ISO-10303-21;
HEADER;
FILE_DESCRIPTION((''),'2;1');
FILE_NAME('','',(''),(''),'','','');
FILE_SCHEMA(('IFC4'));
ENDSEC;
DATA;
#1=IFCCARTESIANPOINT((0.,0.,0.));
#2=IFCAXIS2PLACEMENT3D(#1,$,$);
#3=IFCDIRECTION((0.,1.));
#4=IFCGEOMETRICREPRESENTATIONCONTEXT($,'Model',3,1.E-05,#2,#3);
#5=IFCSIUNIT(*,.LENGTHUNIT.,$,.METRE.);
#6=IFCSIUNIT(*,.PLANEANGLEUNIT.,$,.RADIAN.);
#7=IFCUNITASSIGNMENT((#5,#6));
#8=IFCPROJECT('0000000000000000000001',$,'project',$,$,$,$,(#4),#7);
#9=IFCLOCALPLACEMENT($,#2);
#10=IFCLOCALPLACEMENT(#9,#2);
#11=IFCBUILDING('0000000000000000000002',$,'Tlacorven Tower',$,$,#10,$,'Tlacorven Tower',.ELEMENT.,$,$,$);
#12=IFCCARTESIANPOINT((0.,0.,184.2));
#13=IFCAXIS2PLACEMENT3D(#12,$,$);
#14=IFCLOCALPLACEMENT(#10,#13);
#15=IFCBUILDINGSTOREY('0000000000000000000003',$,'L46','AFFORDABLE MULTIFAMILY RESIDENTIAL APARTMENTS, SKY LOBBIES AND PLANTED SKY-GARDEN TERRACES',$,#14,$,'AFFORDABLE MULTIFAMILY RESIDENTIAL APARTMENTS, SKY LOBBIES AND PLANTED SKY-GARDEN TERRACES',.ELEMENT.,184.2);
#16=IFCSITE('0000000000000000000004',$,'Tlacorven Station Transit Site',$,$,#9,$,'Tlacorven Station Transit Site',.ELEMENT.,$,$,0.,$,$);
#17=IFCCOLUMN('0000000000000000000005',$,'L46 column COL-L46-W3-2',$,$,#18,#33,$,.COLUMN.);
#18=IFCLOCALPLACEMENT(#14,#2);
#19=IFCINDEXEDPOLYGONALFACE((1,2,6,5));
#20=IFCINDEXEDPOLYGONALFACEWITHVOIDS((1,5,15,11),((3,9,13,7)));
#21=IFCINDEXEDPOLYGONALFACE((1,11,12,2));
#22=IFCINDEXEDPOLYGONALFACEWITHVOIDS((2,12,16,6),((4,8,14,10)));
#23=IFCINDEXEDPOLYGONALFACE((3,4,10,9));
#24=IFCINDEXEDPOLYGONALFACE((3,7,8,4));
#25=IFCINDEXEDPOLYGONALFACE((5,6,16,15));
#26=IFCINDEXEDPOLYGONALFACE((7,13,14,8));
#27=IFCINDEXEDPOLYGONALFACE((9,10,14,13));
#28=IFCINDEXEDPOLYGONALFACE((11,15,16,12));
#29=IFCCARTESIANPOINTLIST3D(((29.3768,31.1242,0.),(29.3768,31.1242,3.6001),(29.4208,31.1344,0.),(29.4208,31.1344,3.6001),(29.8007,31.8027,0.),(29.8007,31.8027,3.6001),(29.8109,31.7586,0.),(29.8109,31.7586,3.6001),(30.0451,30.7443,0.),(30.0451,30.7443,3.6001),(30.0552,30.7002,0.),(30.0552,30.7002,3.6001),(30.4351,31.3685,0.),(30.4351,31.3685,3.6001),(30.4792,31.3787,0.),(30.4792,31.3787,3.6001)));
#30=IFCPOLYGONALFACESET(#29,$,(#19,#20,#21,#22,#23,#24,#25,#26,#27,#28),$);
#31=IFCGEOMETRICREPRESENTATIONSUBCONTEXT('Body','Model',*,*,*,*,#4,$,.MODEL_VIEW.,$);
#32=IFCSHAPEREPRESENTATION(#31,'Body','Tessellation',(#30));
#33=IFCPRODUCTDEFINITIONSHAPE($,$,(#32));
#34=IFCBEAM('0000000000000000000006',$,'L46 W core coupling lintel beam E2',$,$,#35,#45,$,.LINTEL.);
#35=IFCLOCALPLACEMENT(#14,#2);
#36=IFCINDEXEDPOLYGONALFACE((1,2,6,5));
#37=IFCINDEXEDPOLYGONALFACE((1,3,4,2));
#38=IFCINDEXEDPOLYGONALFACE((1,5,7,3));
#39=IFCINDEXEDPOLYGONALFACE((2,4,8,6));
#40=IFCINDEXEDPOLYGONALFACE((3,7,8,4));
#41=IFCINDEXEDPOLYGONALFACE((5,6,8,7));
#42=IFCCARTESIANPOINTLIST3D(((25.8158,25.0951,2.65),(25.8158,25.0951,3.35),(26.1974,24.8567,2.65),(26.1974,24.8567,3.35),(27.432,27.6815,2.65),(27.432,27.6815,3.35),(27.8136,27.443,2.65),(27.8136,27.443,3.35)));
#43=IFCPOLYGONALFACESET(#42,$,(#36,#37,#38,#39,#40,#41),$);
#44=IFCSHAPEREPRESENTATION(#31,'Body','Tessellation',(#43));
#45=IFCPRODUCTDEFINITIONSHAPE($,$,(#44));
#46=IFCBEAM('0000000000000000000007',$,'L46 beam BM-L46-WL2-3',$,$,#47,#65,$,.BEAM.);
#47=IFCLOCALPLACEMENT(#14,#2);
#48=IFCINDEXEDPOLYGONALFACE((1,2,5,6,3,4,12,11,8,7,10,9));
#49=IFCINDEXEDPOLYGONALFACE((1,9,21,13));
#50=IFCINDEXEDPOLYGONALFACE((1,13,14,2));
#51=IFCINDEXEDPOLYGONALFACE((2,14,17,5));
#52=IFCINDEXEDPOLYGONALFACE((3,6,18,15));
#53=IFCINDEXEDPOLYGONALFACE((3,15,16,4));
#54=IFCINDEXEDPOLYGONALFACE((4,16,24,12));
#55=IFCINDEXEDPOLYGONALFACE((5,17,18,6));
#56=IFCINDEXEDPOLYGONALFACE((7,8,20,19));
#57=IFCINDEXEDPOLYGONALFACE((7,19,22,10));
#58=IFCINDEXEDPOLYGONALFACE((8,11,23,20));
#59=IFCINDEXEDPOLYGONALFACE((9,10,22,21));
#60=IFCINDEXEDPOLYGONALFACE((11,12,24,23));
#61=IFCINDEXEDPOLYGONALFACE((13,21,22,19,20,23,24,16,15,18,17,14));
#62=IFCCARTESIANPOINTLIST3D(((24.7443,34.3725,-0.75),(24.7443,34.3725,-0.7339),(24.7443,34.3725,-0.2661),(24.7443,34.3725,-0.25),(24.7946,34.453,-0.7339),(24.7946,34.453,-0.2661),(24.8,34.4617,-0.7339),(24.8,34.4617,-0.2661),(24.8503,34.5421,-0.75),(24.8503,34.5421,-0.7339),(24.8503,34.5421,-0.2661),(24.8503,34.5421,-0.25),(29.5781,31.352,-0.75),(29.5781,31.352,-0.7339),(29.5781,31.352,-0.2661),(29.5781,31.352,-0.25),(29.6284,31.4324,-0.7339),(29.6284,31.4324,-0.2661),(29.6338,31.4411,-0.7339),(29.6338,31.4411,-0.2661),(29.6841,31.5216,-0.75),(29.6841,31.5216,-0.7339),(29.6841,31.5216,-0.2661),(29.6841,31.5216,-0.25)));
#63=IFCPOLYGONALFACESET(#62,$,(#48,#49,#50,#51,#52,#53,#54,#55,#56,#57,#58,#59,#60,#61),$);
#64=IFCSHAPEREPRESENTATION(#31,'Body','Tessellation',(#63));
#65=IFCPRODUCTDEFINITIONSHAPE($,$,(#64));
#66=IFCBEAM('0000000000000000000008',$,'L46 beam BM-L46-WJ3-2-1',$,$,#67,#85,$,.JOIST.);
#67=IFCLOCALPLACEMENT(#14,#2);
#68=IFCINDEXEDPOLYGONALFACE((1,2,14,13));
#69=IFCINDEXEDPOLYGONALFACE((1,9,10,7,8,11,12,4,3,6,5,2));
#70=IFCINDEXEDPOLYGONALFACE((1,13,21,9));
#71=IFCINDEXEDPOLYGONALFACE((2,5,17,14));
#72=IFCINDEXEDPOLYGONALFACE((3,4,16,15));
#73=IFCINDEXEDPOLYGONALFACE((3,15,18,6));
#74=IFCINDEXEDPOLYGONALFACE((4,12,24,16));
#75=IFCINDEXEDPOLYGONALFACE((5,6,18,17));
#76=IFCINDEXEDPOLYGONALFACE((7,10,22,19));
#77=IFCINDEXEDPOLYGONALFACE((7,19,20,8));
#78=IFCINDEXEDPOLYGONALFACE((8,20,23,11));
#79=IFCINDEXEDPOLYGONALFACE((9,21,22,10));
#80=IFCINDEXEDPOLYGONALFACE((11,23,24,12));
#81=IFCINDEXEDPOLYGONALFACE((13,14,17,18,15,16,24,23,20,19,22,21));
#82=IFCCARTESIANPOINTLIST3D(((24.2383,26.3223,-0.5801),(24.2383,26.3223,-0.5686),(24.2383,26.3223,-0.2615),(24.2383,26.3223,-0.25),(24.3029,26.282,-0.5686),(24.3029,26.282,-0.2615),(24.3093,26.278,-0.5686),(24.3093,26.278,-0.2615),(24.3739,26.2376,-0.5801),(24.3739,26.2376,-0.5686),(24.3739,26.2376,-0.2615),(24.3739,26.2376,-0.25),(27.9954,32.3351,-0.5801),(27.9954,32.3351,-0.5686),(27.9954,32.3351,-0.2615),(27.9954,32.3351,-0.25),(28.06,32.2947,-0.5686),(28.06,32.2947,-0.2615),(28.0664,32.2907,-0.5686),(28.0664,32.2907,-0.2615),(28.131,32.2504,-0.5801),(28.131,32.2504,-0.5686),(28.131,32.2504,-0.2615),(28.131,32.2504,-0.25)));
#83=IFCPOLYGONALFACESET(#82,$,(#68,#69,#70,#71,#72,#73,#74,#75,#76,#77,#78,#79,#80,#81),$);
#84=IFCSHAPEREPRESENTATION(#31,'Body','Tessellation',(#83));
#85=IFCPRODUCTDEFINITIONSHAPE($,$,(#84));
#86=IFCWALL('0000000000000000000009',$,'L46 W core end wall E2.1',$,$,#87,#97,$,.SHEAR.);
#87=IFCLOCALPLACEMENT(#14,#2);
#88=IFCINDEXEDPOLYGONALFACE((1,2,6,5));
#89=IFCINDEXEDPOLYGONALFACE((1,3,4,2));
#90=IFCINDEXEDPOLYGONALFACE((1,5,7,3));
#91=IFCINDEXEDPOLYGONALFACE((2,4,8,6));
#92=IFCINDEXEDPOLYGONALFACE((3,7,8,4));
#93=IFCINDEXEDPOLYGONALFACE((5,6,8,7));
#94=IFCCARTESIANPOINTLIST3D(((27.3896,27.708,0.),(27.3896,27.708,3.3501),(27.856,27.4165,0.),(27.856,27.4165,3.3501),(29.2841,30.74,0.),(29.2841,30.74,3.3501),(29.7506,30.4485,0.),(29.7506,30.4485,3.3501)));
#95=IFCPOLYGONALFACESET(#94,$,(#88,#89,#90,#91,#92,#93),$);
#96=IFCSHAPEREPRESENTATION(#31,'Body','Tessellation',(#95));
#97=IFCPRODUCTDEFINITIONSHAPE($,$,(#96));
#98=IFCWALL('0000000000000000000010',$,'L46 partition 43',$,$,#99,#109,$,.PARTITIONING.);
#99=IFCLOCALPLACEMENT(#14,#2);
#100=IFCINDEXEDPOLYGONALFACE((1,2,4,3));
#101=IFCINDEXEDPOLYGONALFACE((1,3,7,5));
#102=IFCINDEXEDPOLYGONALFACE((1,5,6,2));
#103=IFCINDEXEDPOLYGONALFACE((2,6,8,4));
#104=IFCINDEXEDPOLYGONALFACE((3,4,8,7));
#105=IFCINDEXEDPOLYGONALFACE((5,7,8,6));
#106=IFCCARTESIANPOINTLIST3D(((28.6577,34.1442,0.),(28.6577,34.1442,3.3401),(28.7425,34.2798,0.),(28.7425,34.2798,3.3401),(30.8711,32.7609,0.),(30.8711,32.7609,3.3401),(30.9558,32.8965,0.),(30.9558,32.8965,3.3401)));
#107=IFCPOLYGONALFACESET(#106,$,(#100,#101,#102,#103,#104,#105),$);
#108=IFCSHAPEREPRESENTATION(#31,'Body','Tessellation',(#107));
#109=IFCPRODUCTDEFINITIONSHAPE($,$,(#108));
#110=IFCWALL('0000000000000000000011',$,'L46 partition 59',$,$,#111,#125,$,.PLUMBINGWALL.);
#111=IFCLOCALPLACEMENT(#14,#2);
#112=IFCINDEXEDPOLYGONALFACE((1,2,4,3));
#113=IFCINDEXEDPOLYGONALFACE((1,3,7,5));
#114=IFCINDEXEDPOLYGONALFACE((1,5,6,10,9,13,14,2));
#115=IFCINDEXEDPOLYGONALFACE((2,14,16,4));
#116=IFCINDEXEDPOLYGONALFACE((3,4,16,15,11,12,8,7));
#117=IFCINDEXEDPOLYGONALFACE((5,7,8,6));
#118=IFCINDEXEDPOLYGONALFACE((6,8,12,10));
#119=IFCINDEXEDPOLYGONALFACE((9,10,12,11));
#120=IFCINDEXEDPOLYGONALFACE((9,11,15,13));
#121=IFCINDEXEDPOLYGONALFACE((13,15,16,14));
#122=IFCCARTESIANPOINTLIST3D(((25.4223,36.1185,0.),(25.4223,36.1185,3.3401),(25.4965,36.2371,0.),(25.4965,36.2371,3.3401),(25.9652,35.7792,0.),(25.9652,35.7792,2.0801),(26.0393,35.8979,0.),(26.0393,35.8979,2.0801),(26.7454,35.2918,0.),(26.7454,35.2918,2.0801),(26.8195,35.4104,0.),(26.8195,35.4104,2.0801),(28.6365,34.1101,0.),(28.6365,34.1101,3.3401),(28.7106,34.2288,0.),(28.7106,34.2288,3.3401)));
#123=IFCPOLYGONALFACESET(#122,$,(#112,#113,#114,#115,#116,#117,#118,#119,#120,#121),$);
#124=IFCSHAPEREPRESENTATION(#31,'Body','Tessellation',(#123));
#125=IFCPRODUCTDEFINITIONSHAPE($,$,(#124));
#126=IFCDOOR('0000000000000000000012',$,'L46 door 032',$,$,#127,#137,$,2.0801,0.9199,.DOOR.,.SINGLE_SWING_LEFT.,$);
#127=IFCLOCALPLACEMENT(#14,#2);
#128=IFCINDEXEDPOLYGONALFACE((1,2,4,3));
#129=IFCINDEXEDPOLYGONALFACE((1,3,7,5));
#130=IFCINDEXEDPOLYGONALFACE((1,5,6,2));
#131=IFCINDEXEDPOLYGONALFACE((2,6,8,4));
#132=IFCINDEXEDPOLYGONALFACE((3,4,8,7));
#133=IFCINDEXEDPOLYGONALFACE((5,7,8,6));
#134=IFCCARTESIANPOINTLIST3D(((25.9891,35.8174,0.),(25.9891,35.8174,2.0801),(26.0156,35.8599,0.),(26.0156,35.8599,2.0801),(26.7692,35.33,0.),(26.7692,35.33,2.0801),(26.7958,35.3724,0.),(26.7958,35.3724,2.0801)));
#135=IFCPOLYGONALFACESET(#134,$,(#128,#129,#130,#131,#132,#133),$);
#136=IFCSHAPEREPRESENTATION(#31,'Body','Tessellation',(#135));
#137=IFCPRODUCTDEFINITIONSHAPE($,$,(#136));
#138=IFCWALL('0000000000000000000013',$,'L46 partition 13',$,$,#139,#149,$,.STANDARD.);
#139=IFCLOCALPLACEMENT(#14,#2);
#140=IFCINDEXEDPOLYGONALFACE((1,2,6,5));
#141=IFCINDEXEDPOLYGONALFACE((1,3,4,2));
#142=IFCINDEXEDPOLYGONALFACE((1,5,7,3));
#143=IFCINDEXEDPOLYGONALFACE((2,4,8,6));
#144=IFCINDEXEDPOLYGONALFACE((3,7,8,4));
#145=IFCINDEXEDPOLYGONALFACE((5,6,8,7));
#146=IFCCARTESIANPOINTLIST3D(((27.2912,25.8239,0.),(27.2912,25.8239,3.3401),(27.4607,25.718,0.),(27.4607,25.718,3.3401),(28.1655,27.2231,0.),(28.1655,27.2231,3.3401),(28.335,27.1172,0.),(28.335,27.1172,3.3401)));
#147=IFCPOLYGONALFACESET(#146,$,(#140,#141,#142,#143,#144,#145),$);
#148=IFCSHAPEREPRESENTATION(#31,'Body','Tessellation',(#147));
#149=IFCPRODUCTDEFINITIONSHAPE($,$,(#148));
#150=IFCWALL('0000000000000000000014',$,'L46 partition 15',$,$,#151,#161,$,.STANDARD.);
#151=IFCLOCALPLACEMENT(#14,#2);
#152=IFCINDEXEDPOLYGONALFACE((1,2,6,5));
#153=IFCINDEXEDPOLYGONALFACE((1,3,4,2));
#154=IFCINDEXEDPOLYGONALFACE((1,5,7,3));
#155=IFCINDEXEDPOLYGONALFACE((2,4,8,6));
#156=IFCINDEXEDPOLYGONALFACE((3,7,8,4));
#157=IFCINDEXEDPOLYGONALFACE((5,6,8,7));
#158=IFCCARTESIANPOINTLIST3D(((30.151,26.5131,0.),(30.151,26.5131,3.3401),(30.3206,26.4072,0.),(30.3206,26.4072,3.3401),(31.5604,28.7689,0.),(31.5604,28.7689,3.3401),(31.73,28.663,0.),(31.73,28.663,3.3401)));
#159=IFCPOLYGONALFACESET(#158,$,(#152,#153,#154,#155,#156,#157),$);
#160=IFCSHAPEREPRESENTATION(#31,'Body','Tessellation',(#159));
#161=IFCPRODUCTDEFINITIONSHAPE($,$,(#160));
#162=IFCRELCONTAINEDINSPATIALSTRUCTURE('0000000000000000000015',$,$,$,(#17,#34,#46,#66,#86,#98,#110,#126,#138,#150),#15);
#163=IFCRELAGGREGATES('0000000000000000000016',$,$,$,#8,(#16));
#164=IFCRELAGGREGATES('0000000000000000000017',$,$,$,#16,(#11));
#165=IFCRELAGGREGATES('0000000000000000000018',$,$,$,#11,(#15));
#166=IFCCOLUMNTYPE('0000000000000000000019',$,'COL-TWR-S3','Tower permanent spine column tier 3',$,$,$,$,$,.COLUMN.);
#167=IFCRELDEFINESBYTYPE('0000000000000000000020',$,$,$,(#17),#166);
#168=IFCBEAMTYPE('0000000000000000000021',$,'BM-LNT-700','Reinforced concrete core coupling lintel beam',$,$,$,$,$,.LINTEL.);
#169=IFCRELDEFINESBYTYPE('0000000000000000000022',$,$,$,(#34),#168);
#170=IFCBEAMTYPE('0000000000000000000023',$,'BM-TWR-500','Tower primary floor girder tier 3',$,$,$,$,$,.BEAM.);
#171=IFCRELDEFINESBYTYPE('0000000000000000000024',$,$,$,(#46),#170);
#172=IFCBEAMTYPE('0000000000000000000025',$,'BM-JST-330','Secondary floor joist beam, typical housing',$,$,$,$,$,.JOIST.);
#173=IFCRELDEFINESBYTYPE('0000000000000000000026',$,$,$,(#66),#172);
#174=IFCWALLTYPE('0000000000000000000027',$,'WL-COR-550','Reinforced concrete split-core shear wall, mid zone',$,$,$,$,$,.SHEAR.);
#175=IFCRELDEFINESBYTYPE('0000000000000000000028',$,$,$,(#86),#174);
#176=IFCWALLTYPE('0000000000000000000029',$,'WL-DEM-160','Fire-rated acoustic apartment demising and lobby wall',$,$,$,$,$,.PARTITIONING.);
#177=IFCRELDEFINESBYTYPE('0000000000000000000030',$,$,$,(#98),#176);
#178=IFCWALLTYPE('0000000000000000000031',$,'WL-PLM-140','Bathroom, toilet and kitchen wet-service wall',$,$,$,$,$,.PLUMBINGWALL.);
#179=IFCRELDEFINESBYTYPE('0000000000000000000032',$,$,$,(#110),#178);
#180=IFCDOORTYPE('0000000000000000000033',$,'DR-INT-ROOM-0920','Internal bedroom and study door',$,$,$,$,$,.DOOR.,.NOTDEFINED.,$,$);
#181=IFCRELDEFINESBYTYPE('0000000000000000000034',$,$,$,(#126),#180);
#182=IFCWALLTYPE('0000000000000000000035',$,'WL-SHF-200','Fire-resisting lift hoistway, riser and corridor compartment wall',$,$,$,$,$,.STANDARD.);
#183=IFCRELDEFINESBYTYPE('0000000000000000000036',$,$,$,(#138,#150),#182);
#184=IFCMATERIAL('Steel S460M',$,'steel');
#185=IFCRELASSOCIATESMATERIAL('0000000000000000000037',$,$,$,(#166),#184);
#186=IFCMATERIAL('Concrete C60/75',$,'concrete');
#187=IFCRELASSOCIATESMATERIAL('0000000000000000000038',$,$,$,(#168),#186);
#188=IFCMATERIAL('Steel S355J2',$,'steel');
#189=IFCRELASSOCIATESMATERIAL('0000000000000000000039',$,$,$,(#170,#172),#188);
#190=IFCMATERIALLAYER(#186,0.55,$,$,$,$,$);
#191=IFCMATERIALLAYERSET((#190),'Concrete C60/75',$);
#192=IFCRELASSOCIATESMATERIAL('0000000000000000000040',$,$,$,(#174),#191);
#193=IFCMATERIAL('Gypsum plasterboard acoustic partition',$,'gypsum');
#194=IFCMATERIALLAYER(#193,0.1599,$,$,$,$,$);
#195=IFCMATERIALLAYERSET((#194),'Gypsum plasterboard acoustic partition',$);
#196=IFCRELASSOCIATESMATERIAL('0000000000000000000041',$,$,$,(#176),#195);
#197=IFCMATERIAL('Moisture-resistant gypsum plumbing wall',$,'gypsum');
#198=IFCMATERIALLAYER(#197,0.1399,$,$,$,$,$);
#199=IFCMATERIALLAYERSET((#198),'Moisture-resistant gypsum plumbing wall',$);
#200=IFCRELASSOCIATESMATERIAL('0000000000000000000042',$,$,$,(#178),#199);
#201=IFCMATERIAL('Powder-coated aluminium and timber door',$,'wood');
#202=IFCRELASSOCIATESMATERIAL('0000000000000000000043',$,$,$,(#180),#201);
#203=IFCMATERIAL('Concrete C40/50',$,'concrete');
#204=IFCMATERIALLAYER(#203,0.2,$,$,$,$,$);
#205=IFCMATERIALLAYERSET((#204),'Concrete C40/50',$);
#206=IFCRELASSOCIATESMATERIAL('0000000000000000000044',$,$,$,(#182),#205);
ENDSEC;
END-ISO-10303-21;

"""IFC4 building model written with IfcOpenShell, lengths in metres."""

from ifc_helpers import new_model, si_unit, direction, frame, frame_2d, origin, origin_2d, place, context, subcontext, project, spatial, rectangle, hollow_rectangle, i_section, extrude, source, transform, mapped, material, layer, layer_set, material_profile, profile_set, type_object, element, fill, save


model = new_model("IFC4")

# Units and contexts
model_context = context("Model", 3, precision=1e-05, world=origin(), true_north=direction((0.0, 1.0)))
body_context = subcontext(model_context, "Body", "Model", "MODEL_VIEW")
ifc_project = project(units=[si_unit("LENGTHUNIT", "METRE"), si_unit("PLANEANGLEUNIT", "RADIAN")], contexts=[model_context])

# Site, building, storey
site_placement = place(None, origin())
site = spatial("IfcSite", under=ifc_project, at=site_placement, Name="Tlacorven Station Transit Site", LongName="Tlacorven Station Transit Site", CompositionType="ELEMENT", RefElevation=0.0)
building_placement = place(site_placement, origin())
building = spatial("IfcBuilding", under=site, at=building_placement, Name="Tlacorven Tower", LongName="Tlacorven Tower", CompositionType="ELEMENT")
storey_placement = place(building_placement, frame((0.0, 0.0, 184.2)))
storey = spatial("IfcBuildingStorey", under=building, at=storey_placement, Name="L46", Description="AFFORDABLE MULTIFAMILY RESIDENTIAL APARTMENTS, SKY LOBBIES AND PLANTED SKY-GARDEN TERRACES", LongName="AFFORDABLE MULTIFAMILY RESIDENTIAL APARTMENTS, SKY LOBBIES AND PLANTED SKY-GARDEN TERRACES", CompositionType="ELEMENT", Elevation=184.2)

# Column
ifc_material_1 = material(Name="Steel S460M", Category="steel")
ifc_material_profile_1 = material_profile(ifc_material_1, hollow_rectangle(XDim=0.8, YDim=0.8, WallThickness=0.032, at=origin_2d()), Name="BOX 800X800X32")
ifc_profile_set_1 = profile_set([ifc_material_profile_1], Name="Steel S460M")
column_type = type_object("IfcColumnType", Name="COL-TWR-S3", Description="Tower permanent spine column tier 3", PredefinedType="COLUMN", material=ifc_profile_set_1)
shared_shape_1 = source(origin(), body_context, "Body", "SweptSolid", [
    extrude(hollow_rectangle(XDim=0.8, YDim=0.8, WallThickness=0.032, at=origin_2d()), origin(), (0.0, 0.0, 1.0), 3.6001),
])
column_placement = place(storey_placement, frame((29.928, 31.2515, 0.0), z_axis=(0.0, 0.0, 1.0), x_axis=(-0.848048, 0.529919, 0.0)))
element("IfcColumn", 1, at=column_placement, inside=storey, type_object=column_type, Name="L46 column COL-L46-W3-2", PredefinedType="COLUMN", context=body_context, shape_type="MappedRepresentation", body=[
    mapped(shared_shape_1, transform((0.0, 0.0, 0.0), scale=1.0)),
])

# Beams
ifc_material_2 = material(Name="Concrete C60/75", Category="concrete")
ifc_material_profile_2 = material_profile(ifc_material_2, rectangle(XDim=0.45, YDim=0.7, at=origin_2d()), Name="RC 450X700")
ifc_profile_set_2 = profile_set([ifc_material_profile_2], Name="Concrete C60/75")
beam_type_1 = type_object("IfcBeamType", Name="BM-LNT-700", Description="Reinforced concrete core coupling lintel beam", PredefinedType="LINTEL", material=ifc_profile_set_2)
shared_shape_2 = source(origin(), body_context, "Body", "SweptSolid", [
    extrude(rectangle(XDim=0.45, YDim=0.7, at=origin_2d()), origin(), (0.0, 0.0, 1.0), 3.0498),
])
beam_1_placement = place(storey_placement, frame((27.6228, 27.5623, 3.0), z_axis=(-0.529927, -0.848043, 0.0), x_axis=(0.848043, -0.529927, 0.0)))
element("IfcBeam", 2, at=beam_1_placement, inside=storey, type_object=beam_type_1, Name="L46 W core coupling lintel beam E2", PredefinedType="LINTEL", context=body_context, shape_type="MappedRepresentation", body=[
    mapped(shared_shape_2, transform((0.0, 0.0, 0.0), scale=1.0)),
])
ifc_material_3 = material(Name="Steel S355J2", Category="steel")
ifc_material_profile_3 = material_profile(ifc_material_3, i_section(OverallWidth=0.2, OverallDepth=0.5, WebThickness=0.0103, FlangeThickness=0.0161, at=origin_2d()), Name="IPE 500")
ifc_profile_set_3 = profile_set([ifc_material_profile_3], Name="Steel S355J2")
beam_type_2 = type_object("IfcBeamType", Name="BM-TWR-500", Description="Tower primary floor girder tier 3", PredefinedType="BEAM", material=ifc_profile_set_3)
shared_shape_3 = source(origin(), body_context, "Body", "SweptSolid", [
    extrude(i_section(OverallWidth=0.2, OverallDepth=0.5, WebThickness=0.0103, FlangeThickness=0.0161, at=origin_2d()), origin(), (0.0, 0.0, 1.0), 5.7),
])
beam_2_placement = place(storey_placement, frame((29.6311, 31.4368, -0.5), z_axis=(-0.848044, 0.529926, 0.0), x_axis=(-0.529926, -0.848044, 0.0)))
element("IfcBeam", 3, at=beam_2_placement, inside=storey, type_object=beam_type_2, Name="L46 beam BM-L46-WL2-3", PredefinedType="BEAM", context=body_context, shape_type="MappedRepresentation", body=[
    mapped(shared_shape_3, transform((0.0, 0.0, 0.0), scale=1.0)),
])
ifc_material_profile_4 = material_profile(ifc_material_3, i_section(OverallWidth=0.1599, OverallDepth=0.3301, WebThickness=0.0076, FlangeThickness=0.0115, at=origin_2d()), Name="IPE 330")
ifc_profile_set_4 = profile_set([ifc_material_profile_4], Name="Steel S355J2")
beam_type_3 = type_object("IfcBeamType", Name="BM-JST-330", Description="Secondary floor joist beam, typical housing", PredefinedType="JOIST", material=ifc_profile_set_4)
shared_shape_4 = source(origin(), body_context, "Body", "SweptSolid", [
    extrude(i_section(OverallWidth=0.1599, OverallDepth=0.3301, WebThickness=0.0076, FlangeThickness=0.0115, at=origin_2d()), origin(), (0.0, 0.0, 1.0), 7.0901),
])
beam_3_placement = place(storey_placement, frame((28.0632, 32.2927, -0.415), z_axis=(-0.529912, -0.848052, 0.0), x_axis=(0.848052, -0.529912, 0.0)))
element("IfcBeam", 4, at=beam_3_placement, inside=storey, type_object=beam_type_3, Name="L46 beam BM-L46-WJ3-2-1", PredefinedType="JOIST", context=body_context, shape_type="MappedRepresentation", body=[
    mapped(shared_shape_4, transform((0.0, 0.0, 0.0), scale=1.0)),
])

# Walls
ifc_layer_1 = layer(ifc_material_2, 0.55)
ifc_layer_set_1 = layer_set([ifc_layer_1], Name="Concrete C60/75")
wall_type_1 = type_object("IfcWallType", Name="WL-COR-550", Description="Reinforced concrete split-core shear wall, mid zone", PredefinedType="SHEAR", material=ifc_layer_set_1)
wall_1_placement = place(storey_placement, frame((29.5173, 30.5942, 0.0), z_axis=(0.0, 0.0, 1.0), x_axis=(-0.529907, -0.848056, 0.0)))
element("IfcWall", 5, at=wall_1_placement, inside=storey, type_object=wall_type_1, Name="L46 W core end wall E2.1", PredefinedType="SHEAR", context=body_context, shape_type="SweptSolid", body=[
    extrude(rectangle(XDim=3.5752, YDim=0.55, at=frame_2d((1.7876, 0.0))), origin(), (0.0, 0.0, 1.0), 3.3501),
])
ifc_material_4 = material(Name="Gypsum plasterboard acoustic partition", Category="gypsum")
ifc_layer_2 = layer(ifc_material_4, 0.1599)
ifc_layer_set_2 = layer_set([ifc_layer_2], Name="Gypsum plasterboard acoustic partition")
wall_type_2 = type_object("IfcWallType", Name="WL-DEM-160", Description="Fire-rated acoustic apartment demising and lobby wall", PredefinedType="PARTITIONING", material=ifc_layer_set_2)
wall_2_placement = place(storey_placement, frame((30.9136, 32.8286, 0.0), z_axis=(0.0, 0.0, 1.0), x_axis=(-0.848009, 0.529982, 0.0)))
element("IfcWall", 6, at=wall_2_placement, inside=storey, type_object=wall_type_2, Name="L46 partition 43", PredefinedType="PARTITIONING", context=body_context, shape_type="SweptSolid", body=[
    extrude(rectangle(XDim=2.6101, YDim=0.1599, at=frame_2d((1.3052, 0.0))), origin(), (0.0, 0.0, 1.0), 3.3401),
])

# Wall, opening, door
ifc_material_5 = material(Name="Moisture-resistant gypsum plumbing wall", Category="gypsum")
ifc_layer_3 = layer(ifc_material_5, 0.1399)
ifc_layer_set_3 = layer_set([ifc_layer_3], Name="Moisture-resistant gypsum plumbing wall")
wall_type_3 = type_object("IfcWallType", Name="WL-PLM-140", Description="Bathroom, toilet and kitchen wet-service wall", PredefinedType="PLUMBINGWALL", material=ifc_layer_set_3)
wall_3_placement = place(storey_placement, frame((28.6736, 34.1694, 0.0), z_axis=(0.0, 0.0, 1.0), x_axis=(-0.84806, 0.529901, 0.0)))
wall_3 = element("IfcWall", 7, at=wall_3_placement, inside=storey, type_object=wall_type_3, Name="L46 partition 59", PredefinedType="PLUMBINGWALL", context=body_context, shape_type="SweptSolid", body=[
    extrude(rectangle(XDim=3.79, YDim=0.1399, at=frame_2d((1.895, 0.0))), origin(), (0.0, 0.0, 1.0), 3.3401),
])
opening_placement = place(wall_3_placement, frame((2.23, 0.0, 0.0)))
opening = element("IfcOpeningElement", 8, at=opening_placement, cuts=wall_3, PredefinedType="OPENING", context=body_context, shape_type="SweptSolid", body=[
    extrude(rectangle(XDim=0.9199, YDim=2.0801, at=frame_2d((0.46, 1.04))), frame((0.0, 0.0801, 0.0), z_axis=(0.0, -1.0, 0.0), x_axis=(1.0, 0.0, 0.0)), (0.0, 0.0, 1.0), 0.1599),
])
ifc_material_6 = material(Name="Powder-coated aluminium and timber door", Category="wood")
door_type = type_object("IfcDoorType", Name="DR-INT-ROOM-0920", Description="Internal bedroom and study door", OperationType="NOTDEFINED", PredefinedType="DOOR", material=ifc_material_6)
shared_shape_5 = source(origin(), body_context, "Body", "SweptSolid", [
    extrude(rectangle(XDim=0.9199, YDim=2.0801, at=frame_2d((0.46, 1.04))), frame((0.0, 0.0249, 0.0), z_axis=(0.0, -1.0, 0.0), x_axis=(1.0, 0.0, 0.0)), (0.0, 0.0, 1.0), 0.05),
])
door_placement = place(opening_placement, origin())
door = element("IfcDoor", 9, at=door_placement, inside=storey, type_object=door_type, Name="L46 door 032", OperationType="SINGLE_SWING_LEFT", OverallHeight=2.0801, OverallWidth=0.9199, PredefinedType="DOOR", context=body_context, shape_type="MappedRepresentation", body=[
    mapped(shared_shape_5, transform((0.0, 0.0, 0.0), scale=1.0)),
])
fill(opening, door)

# Walls
ifc_material_7 = material(Name="Concrete C40/50", Category="concrete")
ifc_layer_4 = layer(ifc_material_7, 0.2)
ifc_layer_set_4 = layer_set([ifc_layer_4], Name="Concrete C40/50")
wall_type_4 = type_object("IfcWallType", Name="WL-SHF-200", Description="Fire-resisting lift hoistway, riser and corridor compartment wall", PredefinedType="STANDARD", material=ifc_layer_set_4)
wall_4_placement = place(storey_placement, frame((28.2502, 27.1702, 0.0), z_axis=(0.0, 0.0, 1.0), x_axis=(-0.529906, -0.848056, 0.0)))
element("IfcWall", 10, at=wall_4_placement, inside=storey, type_object=wall_type_4, Name="L46 partition 13", PredefinedType="STANDARD", context=body_context, shape_type="SweptSolid", body=[
    extrude(rectangle(XDim=1.6499, YDim=0.2, at=frame_2d((0.825, 0.0))), origin(), (0.0, 0.0, 1.0), 3.3401),
])
wall_5_placement = place(storey_placement, frame((31.6453, 28.7161, 0.0), z_axis=(0.0, 0.0, 1.0), x_axis=(-0.529867, -0.848081, 0.0)))
element("IfcWall", 11, at=wall_5_placement, inside=storey, type_object=wall_type_4, Name="L46 partition 15", PredefinedType="STANDARD", context=body_context, shape_type="SweptSolid", body=[
    extrude(rectangle(XDim=2.6599, YDim=0.2, at=frame_2d((1.3301, 0.0))), origin(), (0.0, 0.0, 1.0), 3.3401),
])

save(model, "model.ifc")
